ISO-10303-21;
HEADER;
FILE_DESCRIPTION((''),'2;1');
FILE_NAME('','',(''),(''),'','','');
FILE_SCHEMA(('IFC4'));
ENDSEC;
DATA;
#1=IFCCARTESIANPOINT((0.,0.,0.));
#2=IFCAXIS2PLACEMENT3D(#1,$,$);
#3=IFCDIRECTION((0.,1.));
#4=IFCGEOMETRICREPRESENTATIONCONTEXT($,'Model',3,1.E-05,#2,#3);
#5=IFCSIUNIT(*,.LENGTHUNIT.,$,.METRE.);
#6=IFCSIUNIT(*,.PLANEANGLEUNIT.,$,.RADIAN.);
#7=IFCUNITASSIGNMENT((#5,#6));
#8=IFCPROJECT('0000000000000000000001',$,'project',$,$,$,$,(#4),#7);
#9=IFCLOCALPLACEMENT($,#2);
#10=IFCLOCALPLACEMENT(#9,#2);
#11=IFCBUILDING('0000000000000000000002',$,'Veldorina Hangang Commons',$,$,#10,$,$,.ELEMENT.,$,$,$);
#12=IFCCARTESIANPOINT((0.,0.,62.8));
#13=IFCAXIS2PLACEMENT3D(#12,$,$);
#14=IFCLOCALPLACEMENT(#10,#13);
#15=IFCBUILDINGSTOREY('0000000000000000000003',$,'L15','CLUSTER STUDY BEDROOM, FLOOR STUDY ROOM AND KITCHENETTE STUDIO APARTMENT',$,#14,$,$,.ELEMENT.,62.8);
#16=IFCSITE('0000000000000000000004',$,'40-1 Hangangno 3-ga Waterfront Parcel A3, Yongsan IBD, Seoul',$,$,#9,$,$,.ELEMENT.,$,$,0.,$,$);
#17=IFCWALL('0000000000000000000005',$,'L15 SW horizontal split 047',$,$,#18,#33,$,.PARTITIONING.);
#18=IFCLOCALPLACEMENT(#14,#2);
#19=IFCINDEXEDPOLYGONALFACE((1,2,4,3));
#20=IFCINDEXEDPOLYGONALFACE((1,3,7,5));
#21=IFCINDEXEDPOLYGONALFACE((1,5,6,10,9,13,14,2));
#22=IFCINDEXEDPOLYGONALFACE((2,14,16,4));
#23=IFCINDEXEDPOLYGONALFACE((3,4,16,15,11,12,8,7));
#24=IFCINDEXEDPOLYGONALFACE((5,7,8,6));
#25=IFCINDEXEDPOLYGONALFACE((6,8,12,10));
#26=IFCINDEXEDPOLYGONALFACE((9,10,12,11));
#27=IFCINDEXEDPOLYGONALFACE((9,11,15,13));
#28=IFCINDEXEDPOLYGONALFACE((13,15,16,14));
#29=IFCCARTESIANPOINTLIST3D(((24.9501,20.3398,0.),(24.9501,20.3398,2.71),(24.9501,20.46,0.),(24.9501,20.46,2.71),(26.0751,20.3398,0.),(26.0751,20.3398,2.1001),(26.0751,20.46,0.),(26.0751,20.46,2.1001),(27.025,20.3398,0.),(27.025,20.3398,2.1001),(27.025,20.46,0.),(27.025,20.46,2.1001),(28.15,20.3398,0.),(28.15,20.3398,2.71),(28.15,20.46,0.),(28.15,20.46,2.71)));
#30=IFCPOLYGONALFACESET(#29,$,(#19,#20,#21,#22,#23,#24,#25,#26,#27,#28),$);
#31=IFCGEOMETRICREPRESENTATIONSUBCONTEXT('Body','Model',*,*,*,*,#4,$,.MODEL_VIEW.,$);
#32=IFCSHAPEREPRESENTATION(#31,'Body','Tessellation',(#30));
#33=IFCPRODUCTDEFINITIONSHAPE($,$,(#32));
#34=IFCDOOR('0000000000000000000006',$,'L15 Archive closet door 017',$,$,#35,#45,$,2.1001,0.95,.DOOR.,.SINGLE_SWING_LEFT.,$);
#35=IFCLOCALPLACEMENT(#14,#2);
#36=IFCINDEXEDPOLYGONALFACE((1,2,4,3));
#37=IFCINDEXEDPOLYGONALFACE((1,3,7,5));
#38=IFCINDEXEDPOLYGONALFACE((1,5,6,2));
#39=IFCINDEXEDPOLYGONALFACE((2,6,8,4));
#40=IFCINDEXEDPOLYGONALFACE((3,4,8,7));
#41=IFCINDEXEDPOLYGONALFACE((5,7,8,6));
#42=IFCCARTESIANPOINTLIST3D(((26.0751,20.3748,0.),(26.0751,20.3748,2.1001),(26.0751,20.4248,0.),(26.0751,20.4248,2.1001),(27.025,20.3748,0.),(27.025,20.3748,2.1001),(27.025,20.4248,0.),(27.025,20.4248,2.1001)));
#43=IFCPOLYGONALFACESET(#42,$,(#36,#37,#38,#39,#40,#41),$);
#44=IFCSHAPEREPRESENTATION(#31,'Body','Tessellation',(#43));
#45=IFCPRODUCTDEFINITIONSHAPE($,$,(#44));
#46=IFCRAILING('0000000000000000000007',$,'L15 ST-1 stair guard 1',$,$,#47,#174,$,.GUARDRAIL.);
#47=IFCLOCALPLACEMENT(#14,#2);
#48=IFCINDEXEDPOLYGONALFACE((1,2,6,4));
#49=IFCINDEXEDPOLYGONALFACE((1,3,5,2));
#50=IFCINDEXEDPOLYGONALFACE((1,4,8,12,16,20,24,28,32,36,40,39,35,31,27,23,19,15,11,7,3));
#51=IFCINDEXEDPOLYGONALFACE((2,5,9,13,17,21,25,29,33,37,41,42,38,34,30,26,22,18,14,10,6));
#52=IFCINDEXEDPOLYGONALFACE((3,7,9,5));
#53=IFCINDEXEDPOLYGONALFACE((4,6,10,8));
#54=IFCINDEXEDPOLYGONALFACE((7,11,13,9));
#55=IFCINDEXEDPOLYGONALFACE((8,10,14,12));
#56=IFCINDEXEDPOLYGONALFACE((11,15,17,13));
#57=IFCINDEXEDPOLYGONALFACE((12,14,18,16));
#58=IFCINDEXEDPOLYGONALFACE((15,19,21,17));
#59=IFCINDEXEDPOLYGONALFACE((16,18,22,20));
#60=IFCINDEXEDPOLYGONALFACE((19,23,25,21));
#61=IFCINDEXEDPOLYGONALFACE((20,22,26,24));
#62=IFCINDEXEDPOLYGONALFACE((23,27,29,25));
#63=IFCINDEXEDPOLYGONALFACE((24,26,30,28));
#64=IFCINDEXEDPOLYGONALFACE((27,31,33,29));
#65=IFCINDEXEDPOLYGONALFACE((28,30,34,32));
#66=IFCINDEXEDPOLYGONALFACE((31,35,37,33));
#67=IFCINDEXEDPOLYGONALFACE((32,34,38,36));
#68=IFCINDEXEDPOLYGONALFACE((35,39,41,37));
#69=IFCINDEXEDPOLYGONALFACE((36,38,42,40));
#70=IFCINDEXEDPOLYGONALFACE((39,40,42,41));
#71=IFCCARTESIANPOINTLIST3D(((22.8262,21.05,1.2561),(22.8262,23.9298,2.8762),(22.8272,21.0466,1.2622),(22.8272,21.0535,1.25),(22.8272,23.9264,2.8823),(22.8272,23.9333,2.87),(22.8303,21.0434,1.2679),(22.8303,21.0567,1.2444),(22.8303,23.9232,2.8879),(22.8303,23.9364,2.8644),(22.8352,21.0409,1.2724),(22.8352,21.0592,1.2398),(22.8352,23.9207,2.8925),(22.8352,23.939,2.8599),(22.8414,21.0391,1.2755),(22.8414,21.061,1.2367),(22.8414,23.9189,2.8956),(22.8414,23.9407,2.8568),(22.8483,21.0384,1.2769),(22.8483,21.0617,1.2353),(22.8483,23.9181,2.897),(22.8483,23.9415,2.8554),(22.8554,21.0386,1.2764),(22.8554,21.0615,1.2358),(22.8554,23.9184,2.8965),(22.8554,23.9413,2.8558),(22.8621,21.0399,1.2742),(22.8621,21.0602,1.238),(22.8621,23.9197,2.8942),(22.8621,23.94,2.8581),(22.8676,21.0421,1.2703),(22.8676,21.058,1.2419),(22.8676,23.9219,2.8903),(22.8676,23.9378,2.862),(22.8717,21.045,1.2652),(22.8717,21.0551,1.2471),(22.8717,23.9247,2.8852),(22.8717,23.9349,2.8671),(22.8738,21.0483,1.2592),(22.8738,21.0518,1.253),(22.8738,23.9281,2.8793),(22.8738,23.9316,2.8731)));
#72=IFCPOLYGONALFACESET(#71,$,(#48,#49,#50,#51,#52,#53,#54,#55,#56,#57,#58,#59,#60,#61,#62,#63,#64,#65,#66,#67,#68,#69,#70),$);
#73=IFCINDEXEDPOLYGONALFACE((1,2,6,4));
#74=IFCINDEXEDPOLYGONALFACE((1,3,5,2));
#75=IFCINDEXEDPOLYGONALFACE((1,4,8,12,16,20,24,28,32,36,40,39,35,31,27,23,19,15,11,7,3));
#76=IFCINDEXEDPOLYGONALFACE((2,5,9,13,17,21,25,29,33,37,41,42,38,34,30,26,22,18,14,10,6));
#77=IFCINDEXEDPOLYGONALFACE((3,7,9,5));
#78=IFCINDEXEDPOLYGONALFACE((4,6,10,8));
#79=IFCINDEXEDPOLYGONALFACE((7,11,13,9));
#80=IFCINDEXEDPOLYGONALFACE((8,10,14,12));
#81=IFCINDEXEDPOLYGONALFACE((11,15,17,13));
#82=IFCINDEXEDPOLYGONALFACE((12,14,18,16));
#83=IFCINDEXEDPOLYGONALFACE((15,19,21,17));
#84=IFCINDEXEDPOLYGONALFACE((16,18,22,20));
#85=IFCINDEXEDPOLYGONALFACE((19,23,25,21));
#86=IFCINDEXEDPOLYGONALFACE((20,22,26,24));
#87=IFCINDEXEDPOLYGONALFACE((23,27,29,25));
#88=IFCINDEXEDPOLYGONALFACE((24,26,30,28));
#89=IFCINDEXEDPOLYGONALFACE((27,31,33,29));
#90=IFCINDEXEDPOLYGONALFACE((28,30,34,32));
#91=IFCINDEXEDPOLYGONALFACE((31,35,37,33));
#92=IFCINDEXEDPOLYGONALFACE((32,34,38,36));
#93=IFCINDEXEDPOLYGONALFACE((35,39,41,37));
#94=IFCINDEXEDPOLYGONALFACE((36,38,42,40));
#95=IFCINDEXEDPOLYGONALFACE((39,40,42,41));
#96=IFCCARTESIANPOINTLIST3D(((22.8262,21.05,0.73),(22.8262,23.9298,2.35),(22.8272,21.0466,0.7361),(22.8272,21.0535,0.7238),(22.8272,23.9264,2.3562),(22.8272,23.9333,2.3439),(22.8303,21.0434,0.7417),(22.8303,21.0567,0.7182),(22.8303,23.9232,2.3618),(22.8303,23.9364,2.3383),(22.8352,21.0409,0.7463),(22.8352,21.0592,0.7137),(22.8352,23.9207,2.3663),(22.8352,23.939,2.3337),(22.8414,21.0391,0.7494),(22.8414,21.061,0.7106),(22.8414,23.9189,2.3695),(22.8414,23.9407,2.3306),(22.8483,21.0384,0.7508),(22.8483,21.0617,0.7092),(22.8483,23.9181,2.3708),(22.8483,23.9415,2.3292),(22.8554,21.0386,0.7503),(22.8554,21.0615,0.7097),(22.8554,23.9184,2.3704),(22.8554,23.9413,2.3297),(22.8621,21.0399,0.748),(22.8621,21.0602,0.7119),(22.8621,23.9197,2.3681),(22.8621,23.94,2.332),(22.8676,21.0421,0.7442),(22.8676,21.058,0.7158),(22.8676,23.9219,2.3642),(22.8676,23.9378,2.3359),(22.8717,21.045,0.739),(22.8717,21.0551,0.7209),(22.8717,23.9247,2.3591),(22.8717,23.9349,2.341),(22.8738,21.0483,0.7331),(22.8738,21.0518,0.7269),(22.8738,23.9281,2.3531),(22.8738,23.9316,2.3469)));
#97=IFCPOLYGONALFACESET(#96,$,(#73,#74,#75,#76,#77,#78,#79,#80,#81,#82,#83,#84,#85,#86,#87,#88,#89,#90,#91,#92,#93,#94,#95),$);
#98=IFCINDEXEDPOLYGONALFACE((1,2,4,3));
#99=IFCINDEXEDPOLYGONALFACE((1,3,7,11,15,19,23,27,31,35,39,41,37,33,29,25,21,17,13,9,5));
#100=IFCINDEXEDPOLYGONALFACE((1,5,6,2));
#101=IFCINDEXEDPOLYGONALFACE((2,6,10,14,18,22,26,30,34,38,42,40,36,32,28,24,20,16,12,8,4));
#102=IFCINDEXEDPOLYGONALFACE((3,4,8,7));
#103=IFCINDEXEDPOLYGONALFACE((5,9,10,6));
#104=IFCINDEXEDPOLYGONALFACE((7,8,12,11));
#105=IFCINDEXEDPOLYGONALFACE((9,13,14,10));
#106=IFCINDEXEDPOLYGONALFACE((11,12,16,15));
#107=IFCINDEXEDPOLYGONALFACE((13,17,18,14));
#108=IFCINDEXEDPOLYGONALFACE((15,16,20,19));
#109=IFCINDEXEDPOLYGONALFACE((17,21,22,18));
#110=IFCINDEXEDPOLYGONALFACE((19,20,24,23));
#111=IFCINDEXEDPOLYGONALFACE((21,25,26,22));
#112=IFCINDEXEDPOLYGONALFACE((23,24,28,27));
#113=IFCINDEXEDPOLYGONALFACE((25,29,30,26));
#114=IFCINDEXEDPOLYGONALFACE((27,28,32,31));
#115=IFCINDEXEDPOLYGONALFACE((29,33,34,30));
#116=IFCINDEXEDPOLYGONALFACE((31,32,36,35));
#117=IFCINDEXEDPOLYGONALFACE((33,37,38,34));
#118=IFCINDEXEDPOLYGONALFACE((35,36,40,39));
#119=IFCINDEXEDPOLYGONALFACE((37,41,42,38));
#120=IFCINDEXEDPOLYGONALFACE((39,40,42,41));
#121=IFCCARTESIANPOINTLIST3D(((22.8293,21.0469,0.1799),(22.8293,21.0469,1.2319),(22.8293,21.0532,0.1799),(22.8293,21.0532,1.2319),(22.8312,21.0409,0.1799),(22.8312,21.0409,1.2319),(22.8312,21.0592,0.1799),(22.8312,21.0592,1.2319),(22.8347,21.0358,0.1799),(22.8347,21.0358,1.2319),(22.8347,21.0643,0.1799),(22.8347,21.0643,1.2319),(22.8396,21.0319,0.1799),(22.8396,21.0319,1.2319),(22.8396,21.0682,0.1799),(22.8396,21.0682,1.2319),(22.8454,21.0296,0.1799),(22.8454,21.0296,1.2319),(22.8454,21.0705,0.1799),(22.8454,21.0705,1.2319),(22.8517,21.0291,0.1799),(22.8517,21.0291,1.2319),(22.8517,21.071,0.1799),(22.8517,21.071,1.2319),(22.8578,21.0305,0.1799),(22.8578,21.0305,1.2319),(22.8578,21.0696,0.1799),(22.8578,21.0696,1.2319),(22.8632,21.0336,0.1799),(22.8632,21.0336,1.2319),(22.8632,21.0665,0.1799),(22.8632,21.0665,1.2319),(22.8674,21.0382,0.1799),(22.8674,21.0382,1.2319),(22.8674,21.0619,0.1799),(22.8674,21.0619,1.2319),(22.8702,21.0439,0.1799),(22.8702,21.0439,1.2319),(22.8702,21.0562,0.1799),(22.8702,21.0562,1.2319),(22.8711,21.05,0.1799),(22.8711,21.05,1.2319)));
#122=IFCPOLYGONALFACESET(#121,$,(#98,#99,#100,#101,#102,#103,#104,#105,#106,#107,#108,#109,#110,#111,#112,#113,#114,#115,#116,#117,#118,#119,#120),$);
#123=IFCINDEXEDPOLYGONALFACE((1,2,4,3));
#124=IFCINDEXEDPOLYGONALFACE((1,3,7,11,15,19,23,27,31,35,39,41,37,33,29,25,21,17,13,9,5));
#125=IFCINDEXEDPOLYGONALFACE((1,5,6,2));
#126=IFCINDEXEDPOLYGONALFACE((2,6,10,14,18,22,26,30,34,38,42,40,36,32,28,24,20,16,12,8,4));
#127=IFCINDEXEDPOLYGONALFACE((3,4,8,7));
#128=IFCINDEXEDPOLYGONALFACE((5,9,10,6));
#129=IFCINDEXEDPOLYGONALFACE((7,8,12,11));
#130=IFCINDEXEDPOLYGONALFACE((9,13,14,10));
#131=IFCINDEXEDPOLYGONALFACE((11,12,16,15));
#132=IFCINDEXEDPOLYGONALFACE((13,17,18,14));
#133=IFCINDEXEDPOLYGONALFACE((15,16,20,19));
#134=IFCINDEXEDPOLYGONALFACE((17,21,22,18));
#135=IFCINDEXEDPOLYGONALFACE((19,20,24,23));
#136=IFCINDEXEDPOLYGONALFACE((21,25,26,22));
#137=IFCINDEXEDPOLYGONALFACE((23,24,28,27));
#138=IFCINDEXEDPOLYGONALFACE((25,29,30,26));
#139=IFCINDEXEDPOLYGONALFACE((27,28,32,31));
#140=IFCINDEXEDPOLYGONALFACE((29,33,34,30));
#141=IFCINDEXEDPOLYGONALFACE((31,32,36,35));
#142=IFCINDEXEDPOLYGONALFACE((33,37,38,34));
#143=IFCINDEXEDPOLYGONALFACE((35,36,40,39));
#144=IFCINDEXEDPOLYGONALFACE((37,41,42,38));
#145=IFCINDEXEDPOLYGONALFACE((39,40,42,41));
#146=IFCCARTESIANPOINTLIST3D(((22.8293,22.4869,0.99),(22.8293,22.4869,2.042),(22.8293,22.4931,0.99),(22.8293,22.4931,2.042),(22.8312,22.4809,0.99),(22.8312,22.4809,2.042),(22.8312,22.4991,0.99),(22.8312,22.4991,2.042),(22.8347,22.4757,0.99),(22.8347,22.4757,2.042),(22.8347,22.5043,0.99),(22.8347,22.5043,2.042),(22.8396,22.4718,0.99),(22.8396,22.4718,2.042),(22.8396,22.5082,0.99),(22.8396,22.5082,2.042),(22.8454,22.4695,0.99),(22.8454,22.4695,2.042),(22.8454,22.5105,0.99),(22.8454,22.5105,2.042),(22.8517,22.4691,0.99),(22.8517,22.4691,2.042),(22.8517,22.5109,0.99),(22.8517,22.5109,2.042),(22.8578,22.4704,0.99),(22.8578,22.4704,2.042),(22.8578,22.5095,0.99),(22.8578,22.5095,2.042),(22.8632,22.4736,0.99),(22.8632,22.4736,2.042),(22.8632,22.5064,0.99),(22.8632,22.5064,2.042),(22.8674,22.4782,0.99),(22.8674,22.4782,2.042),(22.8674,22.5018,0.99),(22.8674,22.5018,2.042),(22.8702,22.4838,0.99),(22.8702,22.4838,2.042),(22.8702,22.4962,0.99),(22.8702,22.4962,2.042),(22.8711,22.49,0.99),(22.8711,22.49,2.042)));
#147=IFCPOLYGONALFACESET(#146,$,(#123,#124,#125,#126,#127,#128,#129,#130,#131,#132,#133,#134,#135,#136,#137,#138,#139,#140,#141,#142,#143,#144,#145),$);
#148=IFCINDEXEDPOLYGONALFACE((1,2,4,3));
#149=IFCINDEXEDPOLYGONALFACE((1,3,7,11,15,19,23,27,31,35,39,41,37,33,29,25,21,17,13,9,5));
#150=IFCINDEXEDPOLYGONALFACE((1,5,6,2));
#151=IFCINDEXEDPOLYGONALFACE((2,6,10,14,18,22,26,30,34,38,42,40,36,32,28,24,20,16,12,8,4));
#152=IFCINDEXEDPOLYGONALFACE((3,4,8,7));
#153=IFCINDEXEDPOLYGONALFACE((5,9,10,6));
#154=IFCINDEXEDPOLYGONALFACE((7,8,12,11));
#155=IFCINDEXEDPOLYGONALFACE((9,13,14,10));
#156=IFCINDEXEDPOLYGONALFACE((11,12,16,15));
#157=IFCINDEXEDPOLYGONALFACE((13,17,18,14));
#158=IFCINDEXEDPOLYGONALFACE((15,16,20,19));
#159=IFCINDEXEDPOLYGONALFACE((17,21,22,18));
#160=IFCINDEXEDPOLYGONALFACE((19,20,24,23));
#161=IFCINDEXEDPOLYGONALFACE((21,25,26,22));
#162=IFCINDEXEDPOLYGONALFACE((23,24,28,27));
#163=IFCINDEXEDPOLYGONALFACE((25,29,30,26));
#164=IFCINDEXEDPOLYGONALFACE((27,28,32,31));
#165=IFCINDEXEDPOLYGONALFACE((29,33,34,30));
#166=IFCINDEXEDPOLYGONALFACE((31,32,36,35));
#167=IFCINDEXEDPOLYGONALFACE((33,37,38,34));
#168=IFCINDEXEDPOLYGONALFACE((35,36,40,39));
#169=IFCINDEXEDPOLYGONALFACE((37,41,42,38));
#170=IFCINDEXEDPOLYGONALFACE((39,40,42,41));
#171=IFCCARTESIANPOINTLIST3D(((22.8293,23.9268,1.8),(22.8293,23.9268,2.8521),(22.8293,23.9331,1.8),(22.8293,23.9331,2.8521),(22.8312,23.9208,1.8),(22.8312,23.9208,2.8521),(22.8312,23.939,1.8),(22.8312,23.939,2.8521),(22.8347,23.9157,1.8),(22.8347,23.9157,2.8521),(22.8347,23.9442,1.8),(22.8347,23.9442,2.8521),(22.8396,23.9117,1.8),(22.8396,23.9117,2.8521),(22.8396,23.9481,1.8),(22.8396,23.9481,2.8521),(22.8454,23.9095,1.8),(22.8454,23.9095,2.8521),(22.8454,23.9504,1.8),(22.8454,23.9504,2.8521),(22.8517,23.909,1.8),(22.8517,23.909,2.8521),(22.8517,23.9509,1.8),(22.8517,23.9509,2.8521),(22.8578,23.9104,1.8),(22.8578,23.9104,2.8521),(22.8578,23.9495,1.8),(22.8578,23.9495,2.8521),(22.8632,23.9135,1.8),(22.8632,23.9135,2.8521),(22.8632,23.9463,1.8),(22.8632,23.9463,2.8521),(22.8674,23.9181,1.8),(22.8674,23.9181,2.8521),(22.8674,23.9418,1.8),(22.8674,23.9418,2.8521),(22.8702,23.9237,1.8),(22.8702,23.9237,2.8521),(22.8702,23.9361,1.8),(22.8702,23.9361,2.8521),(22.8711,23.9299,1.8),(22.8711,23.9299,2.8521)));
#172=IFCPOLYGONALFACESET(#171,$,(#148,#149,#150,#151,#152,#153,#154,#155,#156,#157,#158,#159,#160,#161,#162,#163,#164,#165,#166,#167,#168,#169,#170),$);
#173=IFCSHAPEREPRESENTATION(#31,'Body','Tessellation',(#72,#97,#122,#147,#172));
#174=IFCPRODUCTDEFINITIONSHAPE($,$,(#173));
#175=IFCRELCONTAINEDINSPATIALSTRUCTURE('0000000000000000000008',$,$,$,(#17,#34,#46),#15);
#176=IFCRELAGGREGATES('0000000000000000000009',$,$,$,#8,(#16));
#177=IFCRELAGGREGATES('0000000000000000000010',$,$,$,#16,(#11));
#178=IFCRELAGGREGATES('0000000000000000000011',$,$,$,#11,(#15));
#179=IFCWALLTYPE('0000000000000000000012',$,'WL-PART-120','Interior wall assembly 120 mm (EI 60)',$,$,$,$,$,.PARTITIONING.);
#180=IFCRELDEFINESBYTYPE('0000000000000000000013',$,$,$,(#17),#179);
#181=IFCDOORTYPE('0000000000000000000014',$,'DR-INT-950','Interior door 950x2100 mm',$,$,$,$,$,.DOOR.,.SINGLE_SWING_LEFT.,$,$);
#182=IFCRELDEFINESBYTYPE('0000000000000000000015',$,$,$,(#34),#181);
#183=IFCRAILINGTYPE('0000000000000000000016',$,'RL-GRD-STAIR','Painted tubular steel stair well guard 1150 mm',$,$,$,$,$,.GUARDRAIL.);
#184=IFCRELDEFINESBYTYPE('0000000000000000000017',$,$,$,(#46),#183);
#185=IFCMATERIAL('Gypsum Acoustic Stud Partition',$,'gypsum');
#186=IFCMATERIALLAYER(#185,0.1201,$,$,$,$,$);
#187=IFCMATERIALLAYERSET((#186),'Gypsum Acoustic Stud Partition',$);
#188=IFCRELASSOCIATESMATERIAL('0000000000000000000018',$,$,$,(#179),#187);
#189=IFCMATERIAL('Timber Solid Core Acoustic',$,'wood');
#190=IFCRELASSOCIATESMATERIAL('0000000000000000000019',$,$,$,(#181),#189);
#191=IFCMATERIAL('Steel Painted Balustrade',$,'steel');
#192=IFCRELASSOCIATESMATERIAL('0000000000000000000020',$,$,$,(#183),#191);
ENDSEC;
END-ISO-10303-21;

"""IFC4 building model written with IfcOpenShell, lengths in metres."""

from ifc_helpers import new_model, si_unit, direction, frame, frame_2d, origin, origin_2d, place, context, subcontext, project, spatial, rectangle, circle, extrude, material, layer, layer_set, type_object, element, fill, save


model = new_model("IFC4")

# Units and contexts
model_context = context("Model", 3, precision=1e-05, world=origin(), true_north=direction((0.0, 1.0)))
body_context = subcontext(model_context, "Body", "Model", "MODEL_VIEW")
ifc_project = project(units=[si_unit("LENGTHUNIT", "METRE"), si_unit("PLANEANGLEUNIT", "RADIAN")], contexts=[model_context])

# Site, building, storey
site_placement = place(None, origin())
site = spatial("IfcSite", under=ifc_project, at=site_placement, Name="40-1 Hangangno 3-ga Waterfront Parcel A3, Yongsan IBD, Seoul", CompositionType="ELEMENT", RefElevation=0.0)
building_placement = place(site_placement, origin())
building = spatial("IfcBuilding", under=site, at=building_placement, Name="Veldorina Hangang Commons", CompositionType="ELEMENT")
storey_placement = place(building_placement, frame((0.0, 0.0, 62.8)))
storey = spatial("IfcBuildingStorey", under=building, at=storey_placement, Name="L15", Description="CLUSTER STUDY BEDROOM, FLOOR STUDY ROOM AND KITCHENETTE STUDIO APARTMENT", CompositionType="ELEMENT", Elevation=62.8)

# Wall, opening, door
ifc_material_1 = material(Name="Gypsum Acoustic Stud Partition", Category="gypsum")
ifc_layer_1 = layer(ifc_material_1, 0.1201)
ifc_layer_set_1 = layer_set([ifc_layer_1], Name="Gypsum Acoustic Stud Partition")
wall_type_1 = type_object("IfcWallType", Name="WL-PART-120", Description="Interior wall assembly 120 mm (EI 60)", PredefinedType="PARTITIONING", material=ifc_layer_set_1)
wall_1_placement = place(storey_placement, frame((24.95, 20.3999, 0.0), z_axis=(0.0, 0.0, 1.0), x_axis=(1.0, 0.0, 0.0)))
wall_1 = element("IfcWall", 1, at=wall_1_placement, inside=storey, type_object=wall_type_1, Name="L15 SW horizontal split 047", PredefinedType="PARTITIONING", context=body_context, shape_type="SweptSolid", body=[
    extrude(rectangle(XDim=3.2, YDim=0.1201, at=frame_2d((1.6001, 0.0))), origin(), (0.0, 0.0, 1.0), 2.71),
])
opening_1_placement = place(wall_1_placement, frame((1.125, 0.0, 0.0)))
opening_1 = element("IfcOpeningElement", 2, at=opening_1_placement, cuts=wall_1, PredefinedType="OPENING", context=body_context, shape_type="SweptSolid", body=[
    extrude(rectangle(XDim=0.95, YDim=2.1001, at=frame_2d((0.4751, 1.05))), frame((0.0, 0.0701, 0.0), z_axis=(0.0, -1.0, 0.0), x_axis=(1.0, 0.0, 0.0)), (0.0, 0.0, 1.0), 0.1401),
])
ifc_material_2 = material(Name="Timber Solid Core Acoustic", Category="wood")
door_type_1 = type_object("IfcDoorType", Name="DR-INT-950", Description="Interior door 950x2100 mm", OperationType="SINGLE_SWING_LEFT", PredefinedType="DOOR", material=ifc_material_2)
door_1_placement = place(opening_1_placement, origin())
door_1 = element("IfcDoor", 3, at=door_1_placement, inside=storey, type_object=door_type_1, Name="L15 Archive closet door 017", OperationType="SINGLE_SWING_LEFT", OverallHeight=2.1001, OverallWidth=0.95, PredefinedType="DOOR", context=body_context, shape_type="SweptSolid", body=[
    extrude(rectangle(XDim=0.95, YDim=2.1001, at=frame_2d((0.4751, 1.05))), frame((0.0, 0.0249, 0.0), z_axis=(0.0, -1.0, 0.0), x_axis=(1.0, 0.0, 0.0)), (0.0, 0.0, 1.0), 0.05),
])
fill(opening_1, door_1)

# Railing
ifc_material_3 = material(Name="Steel Painted Balustrade", Category="steel")
railing_type = type_object("IfcRailingType", Name="RL-GRD-STAIR", Description="Painted tubular steel stair well guard 1150 mm", PredefinedType="GUARDRAIL", material=ifc_material_3)
railing_1_placement = place(storey_placement, frame((22.8501, 21.05, 0.1799)))
element("IfcRailing", 4, at=railing_1_placement, inside=storey, type_object=railing_type, Name="L15 ST-1 stair guard 1", PredefinedType="GUARDRAIL", context=body_context, shape_type="SweptSolid", body=[
    extrude(circle(Radius=0.0239, at=origin_2d()), frame((0.0, 0.0, 1.0762), z_axis=(0.0, 0.871552, 0.490303), x_axis=(-1.0, 0.0, 0.0)), (0.0, 0.0, 1.0), 3.3042),
    extrude(circle(Radius=0.0239, at=origin_2d()), frame((0.0, 0.0, 0.55), z_axis=(0.0, 0.871552, 0.490303), x_axis=(-1.0, 0.0, 0.0)), (0.0, 0.0, 1.0), 3.3042),
    extrude(circle(Radius=0.021, at=origin_2d()), origin(), (0.0, 0.0, 1.0), 1.052),
    extrude(circle(Radius=0.021, at=origin_2d()), frame((0.0, 1.4399, 0.8101)), (0.0, 0.0, 1.0), 1.052),
    extrude(circle(Radius=0.021, at=origin_2d()), frame((0.0, 2.8799, 1.6201)), (0.0, 0.0, 1.0), 1.052),
])

save(model, "model.ifc")
